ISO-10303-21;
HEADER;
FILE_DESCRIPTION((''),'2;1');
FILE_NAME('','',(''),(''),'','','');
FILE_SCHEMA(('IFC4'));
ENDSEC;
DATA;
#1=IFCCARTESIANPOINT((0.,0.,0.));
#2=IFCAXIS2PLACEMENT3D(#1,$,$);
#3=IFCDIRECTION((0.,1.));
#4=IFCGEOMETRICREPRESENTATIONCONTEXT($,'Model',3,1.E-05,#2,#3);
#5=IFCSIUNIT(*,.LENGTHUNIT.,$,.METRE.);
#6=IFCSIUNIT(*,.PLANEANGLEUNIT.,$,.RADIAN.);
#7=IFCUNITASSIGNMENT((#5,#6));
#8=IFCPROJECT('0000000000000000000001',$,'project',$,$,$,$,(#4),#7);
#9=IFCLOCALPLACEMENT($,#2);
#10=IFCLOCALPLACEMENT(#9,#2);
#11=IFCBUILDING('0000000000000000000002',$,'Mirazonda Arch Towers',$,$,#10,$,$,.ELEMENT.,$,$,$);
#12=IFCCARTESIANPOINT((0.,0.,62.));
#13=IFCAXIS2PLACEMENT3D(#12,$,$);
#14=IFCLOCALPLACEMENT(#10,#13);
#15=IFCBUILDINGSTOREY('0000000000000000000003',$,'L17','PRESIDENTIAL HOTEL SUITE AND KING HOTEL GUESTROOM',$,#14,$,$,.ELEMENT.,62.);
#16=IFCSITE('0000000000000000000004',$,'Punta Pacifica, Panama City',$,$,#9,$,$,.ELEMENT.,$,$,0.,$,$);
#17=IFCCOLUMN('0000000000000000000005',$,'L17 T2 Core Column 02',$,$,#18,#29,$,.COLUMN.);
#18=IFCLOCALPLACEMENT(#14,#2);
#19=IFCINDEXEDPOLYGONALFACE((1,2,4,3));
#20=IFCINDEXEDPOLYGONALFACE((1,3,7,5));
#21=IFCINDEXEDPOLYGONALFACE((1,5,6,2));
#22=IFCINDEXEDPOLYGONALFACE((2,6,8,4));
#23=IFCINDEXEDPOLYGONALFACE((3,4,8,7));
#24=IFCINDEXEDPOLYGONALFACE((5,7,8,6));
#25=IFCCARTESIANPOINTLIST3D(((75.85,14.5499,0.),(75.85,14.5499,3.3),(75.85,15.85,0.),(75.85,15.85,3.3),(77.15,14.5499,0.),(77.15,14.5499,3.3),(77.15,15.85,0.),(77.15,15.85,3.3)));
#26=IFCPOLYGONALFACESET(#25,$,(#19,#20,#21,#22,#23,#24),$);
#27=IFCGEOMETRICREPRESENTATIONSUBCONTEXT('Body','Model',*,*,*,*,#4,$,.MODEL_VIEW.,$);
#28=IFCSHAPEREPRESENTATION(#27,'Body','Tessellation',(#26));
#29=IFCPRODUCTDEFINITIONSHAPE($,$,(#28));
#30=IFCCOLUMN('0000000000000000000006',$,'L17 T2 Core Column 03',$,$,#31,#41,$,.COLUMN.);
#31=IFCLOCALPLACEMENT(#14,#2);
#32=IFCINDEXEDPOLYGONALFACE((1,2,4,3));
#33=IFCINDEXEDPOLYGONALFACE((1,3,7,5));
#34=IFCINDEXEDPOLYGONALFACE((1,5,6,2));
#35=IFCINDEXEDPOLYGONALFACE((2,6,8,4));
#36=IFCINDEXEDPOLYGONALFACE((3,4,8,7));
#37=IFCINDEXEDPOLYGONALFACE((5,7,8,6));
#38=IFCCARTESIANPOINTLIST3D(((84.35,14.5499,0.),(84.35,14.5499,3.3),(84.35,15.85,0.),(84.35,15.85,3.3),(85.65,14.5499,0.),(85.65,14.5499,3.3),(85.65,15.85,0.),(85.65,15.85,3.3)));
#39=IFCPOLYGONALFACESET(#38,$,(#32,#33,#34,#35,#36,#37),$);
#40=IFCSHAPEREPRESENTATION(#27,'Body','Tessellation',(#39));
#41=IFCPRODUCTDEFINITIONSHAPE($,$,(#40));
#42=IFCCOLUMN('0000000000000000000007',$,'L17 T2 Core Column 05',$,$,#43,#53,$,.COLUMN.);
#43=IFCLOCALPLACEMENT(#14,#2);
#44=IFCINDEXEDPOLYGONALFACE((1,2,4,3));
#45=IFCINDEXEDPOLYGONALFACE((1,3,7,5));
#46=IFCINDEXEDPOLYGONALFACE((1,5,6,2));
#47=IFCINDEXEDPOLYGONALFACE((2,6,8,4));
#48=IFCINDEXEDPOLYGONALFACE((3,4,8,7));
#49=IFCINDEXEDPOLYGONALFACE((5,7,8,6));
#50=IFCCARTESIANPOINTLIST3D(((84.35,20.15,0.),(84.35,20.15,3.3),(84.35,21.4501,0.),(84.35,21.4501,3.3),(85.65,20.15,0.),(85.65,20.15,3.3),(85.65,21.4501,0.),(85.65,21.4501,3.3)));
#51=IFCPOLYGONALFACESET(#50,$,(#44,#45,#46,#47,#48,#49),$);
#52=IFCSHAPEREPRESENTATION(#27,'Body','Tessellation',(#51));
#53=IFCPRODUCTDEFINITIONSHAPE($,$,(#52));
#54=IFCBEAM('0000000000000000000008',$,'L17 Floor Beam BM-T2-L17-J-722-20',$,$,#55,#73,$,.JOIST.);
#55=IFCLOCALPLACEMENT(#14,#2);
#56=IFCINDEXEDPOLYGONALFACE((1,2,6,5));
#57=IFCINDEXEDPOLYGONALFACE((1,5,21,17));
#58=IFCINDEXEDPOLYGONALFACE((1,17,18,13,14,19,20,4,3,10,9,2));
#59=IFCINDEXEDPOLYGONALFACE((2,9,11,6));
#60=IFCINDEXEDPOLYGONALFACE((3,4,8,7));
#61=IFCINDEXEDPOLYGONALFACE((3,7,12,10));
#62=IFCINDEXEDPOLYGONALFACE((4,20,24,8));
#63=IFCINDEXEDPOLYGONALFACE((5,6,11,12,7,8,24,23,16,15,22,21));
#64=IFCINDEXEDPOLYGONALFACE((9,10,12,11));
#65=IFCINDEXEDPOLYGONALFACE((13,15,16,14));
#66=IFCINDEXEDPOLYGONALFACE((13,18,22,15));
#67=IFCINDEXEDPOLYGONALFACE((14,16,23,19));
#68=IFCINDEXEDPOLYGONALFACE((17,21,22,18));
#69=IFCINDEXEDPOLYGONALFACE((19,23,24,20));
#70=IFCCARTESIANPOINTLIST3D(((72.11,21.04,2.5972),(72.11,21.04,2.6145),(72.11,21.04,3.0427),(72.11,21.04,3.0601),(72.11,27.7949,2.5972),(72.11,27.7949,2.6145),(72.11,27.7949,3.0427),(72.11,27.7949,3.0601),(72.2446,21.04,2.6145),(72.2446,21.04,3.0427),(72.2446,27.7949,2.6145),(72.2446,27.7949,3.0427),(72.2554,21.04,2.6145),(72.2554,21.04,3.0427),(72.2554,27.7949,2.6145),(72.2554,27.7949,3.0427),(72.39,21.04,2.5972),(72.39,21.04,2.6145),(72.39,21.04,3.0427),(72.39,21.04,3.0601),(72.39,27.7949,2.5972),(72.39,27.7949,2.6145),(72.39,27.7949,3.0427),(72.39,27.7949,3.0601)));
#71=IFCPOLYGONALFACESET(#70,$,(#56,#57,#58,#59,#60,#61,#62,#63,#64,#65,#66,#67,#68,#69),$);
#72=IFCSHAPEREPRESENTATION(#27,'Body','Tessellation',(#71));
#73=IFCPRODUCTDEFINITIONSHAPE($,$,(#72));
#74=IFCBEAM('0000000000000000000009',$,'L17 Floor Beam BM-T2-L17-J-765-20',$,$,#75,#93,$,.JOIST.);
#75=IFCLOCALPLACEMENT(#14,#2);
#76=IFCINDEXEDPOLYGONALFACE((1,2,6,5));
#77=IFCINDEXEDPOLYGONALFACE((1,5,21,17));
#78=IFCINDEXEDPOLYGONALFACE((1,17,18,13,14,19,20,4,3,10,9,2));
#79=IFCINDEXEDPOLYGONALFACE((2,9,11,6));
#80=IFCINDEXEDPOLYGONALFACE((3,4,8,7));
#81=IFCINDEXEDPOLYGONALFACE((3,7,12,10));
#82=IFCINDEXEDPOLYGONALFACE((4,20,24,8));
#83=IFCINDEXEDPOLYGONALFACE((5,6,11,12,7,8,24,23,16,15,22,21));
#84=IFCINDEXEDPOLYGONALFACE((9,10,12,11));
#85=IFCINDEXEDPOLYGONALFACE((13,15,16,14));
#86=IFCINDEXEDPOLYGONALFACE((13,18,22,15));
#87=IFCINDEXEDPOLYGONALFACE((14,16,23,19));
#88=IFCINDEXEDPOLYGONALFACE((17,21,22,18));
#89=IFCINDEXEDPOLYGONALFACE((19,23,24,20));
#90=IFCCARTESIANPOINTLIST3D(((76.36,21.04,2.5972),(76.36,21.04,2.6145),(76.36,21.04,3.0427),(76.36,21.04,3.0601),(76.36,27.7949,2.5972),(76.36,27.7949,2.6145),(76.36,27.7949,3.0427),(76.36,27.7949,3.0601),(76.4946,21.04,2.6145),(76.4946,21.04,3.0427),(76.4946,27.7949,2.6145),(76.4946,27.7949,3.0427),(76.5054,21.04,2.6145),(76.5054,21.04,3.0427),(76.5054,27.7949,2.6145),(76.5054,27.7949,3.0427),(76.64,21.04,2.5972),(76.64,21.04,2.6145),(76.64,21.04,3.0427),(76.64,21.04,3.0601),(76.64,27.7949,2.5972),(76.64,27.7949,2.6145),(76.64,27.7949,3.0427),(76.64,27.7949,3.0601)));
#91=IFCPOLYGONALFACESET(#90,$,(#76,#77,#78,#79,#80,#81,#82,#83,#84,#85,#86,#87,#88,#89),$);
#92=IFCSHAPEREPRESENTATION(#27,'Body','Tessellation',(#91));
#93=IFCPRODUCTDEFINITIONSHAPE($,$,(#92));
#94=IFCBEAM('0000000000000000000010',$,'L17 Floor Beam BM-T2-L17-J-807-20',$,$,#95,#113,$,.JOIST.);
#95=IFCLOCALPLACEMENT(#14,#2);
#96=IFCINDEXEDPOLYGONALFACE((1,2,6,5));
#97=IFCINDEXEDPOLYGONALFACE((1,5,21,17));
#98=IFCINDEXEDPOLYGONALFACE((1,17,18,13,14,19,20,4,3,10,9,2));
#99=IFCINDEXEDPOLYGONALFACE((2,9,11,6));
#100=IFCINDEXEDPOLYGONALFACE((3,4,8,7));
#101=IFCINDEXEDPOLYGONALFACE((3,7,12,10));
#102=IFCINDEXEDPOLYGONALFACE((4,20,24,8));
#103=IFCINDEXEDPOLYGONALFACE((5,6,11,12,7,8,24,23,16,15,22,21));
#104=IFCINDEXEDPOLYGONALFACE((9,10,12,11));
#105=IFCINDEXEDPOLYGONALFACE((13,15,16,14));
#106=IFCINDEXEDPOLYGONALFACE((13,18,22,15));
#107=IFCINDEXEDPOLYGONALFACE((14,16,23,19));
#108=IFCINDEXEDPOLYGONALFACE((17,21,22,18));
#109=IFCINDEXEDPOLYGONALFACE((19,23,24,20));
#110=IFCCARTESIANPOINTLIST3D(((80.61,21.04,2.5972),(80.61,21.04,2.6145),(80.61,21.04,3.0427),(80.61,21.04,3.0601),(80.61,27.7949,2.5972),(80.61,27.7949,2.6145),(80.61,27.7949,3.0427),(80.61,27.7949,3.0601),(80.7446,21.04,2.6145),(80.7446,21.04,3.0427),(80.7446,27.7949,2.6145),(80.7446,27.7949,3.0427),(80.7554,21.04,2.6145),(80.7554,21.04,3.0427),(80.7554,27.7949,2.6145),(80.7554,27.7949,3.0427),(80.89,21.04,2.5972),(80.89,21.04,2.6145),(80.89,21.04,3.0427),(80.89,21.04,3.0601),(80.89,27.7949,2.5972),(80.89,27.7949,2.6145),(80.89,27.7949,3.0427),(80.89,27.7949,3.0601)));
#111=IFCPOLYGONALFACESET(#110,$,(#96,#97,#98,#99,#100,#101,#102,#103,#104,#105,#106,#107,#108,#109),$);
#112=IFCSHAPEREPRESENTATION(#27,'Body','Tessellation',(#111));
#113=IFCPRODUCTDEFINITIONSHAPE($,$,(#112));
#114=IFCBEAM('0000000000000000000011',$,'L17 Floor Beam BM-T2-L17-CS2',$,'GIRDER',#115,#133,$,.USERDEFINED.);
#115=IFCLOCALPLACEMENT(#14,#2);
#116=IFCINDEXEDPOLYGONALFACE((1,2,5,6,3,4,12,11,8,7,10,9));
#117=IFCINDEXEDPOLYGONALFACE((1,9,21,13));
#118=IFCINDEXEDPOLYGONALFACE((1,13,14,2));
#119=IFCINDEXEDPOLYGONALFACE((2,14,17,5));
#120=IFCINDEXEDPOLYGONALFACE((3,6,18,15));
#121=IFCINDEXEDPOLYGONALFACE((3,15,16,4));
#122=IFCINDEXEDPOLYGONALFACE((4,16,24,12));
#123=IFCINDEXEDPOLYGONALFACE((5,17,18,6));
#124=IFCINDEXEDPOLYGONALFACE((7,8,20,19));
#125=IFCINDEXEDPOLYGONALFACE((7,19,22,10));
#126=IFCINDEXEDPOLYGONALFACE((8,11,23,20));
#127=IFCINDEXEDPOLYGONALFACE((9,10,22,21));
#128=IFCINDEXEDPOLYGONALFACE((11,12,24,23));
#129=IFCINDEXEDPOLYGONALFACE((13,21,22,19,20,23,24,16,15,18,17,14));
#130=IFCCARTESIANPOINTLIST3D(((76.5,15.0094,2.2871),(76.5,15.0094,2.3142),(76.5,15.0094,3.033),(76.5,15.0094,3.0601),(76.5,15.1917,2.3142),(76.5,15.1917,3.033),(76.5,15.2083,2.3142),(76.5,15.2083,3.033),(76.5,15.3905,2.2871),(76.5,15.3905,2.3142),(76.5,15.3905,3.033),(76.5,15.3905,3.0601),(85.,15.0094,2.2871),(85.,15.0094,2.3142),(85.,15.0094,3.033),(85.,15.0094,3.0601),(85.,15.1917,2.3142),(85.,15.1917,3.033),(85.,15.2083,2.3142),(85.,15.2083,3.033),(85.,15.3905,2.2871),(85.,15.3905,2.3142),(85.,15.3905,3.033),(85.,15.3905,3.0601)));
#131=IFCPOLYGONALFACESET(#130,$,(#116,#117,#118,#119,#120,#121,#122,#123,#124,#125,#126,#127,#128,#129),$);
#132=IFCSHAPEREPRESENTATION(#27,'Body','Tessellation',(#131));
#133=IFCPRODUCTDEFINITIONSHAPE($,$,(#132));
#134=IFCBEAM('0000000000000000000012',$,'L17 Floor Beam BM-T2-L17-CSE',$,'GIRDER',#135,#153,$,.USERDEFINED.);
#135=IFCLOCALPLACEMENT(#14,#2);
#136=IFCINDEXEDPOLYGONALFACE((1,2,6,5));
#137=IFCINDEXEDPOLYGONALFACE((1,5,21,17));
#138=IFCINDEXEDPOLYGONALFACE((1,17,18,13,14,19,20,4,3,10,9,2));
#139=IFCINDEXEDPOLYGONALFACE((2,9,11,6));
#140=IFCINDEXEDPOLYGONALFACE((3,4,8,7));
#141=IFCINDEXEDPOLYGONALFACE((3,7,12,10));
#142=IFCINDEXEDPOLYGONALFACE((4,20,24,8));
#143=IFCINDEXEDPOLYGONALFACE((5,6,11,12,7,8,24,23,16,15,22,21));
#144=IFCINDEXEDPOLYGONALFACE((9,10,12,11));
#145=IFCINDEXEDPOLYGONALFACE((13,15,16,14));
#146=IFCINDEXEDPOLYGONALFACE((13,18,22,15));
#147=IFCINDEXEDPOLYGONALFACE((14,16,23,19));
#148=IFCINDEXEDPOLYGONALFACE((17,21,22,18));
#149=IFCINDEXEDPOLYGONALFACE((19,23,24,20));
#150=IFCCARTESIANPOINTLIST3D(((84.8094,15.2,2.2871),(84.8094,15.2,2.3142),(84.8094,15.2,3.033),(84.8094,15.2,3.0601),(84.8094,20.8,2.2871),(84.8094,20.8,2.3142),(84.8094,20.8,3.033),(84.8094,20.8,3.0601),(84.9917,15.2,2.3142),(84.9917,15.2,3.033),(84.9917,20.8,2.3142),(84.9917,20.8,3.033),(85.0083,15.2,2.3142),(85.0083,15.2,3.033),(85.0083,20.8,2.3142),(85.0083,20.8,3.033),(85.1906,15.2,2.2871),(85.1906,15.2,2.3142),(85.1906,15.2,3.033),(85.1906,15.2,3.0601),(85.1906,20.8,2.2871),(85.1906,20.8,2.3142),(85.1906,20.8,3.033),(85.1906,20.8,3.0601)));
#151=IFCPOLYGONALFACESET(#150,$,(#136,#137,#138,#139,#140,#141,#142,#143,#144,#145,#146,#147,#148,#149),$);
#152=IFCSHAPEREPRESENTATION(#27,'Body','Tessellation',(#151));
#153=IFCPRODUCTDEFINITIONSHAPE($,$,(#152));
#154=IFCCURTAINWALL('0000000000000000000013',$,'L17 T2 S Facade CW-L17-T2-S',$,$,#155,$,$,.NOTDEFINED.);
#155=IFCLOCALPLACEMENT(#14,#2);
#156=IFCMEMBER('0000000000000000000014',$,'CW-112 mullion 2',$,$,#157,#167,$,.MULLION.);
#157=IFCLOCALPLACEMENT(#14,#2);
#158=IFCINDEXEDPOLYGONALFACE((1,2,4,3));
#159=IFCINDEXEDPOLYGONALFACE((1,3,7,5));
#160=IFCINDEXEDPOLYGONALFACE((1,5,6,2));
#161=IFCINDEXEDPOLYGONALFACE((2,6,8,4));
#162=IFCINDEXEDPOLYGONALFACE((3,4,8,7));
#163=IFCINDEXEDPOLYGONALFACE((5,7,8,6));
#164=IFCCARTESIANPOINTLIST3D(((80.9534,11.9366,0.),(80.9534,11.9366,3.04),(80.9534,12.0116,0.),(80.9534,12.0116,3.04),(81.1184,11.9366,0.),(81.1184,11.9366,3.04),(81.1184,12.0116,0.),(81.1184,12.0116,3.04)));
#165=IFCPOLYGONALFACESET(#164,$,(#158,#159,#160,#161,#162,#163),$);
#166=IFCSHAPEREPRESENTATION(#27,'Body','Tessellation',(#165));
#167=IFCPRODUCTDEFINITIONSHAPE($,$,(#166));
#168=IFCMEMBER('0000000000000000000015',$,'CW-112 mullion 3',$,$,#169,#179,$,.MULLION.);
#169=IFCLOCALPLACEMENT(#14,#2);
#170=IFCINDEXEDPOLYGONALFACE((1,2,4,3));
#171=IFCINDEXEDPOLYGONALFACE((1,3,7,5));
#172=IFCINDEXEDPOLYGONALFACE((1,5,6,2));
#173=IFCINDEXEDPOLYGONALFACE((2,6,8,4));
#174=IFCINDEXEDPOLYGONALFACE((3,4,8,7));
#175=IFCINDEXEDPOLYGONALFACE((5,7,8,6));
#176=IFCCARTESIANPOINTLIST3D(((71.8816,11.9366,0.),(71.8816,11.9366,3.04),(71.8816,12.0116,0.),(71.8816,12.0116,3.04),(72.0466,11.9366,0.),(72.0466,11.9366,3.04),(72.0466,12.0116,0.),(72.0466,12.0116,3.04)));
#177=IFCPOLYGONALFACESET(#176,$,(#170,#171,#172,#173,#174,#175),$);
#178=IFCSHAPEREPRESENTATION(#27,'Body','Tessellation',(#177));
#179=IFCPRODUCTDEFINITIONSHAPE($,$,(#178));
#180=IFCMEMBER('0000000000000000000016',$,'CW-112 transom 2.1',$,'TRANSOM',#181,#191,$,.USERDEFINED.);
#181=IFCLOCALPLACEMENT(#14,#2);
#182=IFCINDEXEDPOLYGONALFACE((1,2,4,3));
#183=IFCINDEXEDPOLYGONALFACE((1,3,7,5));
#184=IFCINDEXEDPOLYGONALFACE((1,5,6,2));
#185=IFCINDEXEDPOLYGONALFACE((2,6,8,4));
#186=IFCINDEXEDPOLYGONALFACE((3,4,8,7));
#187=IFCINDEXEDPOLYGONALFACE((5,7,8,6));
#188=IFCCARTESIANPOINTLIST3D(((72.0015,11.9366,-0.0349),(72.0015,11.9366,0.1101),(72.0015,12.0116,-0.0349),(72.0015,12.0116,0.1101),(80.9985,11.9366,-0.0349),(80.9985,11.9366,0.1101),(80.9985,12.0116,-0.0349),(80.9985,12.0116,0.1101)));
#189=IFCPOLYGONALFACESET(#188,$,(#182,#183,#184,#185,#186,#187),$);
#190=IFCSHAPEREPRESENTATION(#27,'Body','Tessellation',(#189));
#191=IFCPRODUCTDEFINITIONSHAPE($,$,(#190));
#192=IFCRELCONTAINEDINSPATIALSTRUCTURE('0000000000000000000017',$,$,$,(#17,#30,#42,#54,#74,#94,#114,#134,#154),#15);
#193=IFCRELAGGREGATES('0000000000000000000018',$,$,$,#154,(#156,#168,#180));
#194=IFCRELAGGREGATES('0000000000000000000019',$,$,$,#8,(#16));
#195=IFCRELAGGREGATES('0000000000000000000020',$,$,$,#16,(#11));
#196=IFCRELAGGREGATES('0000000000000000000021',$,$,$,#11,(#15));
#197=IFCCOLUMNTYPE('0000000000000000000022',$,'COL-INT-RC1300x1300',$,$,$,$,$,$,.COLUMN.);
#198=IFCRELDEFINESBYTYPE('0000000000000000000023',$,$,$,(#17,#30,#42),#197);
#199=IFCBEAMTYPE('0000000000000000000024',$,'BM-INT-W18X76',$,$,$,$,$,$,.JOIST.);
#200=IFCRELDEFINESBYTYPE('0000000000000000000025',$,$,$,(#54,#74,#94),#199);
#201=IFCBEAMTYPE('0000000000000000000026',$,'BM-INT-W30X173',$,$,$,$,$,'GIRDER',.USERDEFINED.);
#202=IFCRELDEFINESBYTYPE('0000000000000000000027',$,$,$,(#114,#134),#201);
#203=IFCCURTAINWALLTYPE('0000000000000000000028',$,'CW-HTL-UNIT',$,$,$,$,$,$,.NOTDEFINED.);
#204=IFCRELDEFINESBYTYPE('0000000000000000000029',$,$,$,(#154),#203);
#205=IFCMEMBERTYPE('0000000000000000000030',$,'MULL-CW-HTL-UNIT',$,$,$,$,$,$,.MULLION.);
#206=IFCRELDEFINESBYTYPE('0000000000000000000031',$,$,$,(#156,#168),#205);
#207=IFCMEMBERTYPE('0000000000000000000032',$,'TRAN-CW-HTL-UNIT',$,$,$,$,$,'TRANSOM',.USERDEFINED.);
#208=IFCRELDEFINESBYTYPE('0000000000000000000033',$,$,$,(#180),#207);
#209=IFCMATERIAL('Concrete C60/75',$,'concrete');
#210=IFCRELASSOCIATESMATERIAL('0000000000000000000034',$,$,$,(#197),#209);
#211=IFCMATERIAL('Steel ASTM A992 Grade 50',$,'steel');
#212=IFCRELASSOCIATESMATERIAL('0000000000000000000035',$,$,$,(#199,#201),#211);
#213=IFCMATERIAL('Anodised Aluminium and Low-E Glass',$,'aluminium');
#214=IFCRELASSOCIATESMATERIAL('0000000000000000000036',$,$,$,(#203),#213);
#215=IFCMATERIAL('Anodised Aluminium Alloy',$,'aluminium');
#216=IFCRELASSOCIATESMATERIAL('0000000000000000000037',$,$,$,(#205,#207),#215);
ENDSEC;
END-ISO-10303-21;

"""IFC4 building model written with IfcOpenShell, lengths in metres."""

from ifc_helpers import new_model, si_unit, direction, frame, origin, origin_2d, place, context, subcontext, project, spatial, rectangle, i_section, extrude, material, material_profile, profile_set, type_object, element, aggregate, save


model = new_model("IFC4")

# Units and contexts
model_context = context("Model", 3, precision=1e-05, world=origin(), true_north=direction((0.0, 1.0)))
body_context = subcontext(model_context, "Body", "Model", "MODEL_VIEW")
ifc_project = project(units=[si_unit("LENGTHUNIT", "METRE"), si_unit("PLANEANGLEUNIT", "RADIAN")], contexts=[model_context])

# Site, building, storey
site_placement = place(None, origin())
site = spatial("IfcSite", under=ifc_project, at=site_placement, Name="Punta Pacifica, Panama City", CompositionType="ELEMENT", RefElevation=0.0)
building_placement = place(site_placement, origin())
building = spatial("IfcBuilding", under=site, at=building_placement, Name="Mirazonda Arch Towers", CompositionType="ELEMENT")
storey_placement = place(building_placement, frame((0.0, 0.0, 62.0)))
storey = spatial("IfcBuildingStorey", under=building, at=storey_placement, Name="L17", Description="PRESIDENTIAL HOTEL SUITE AND KING HOTEL GUESTROOM", CompositionType="ELEMENT", Elevation=62.0)

# Columns
ifc_material_1 = material(Name="Concrete C60/75", Category="concrete")
ifc_material_profile_1 = material_profile(ifc_material_1, rectangle(XDim=1.3, YDim=1.3, at=origin_2d()), Name="RC1300x1300")
ifc_profile_set_1 = profile_set([ifc_material_profile_1], Name="Concrete C60/75")
column_type = type_object("IfcColumnType", Name="COL-INT-RC1300x1300", PredefinedType="COLUMN", material=ifc_profile_set_1)
for number, where, z_axis, x_axis, name in (
    (1, (76.5, 15.2, 0.0), (0.0, 0.0, 1.0), (1.0, 0.0, 0.0), "L17 T2 Core Column 02"),
    (2, (85.0, 15.2, 0.0), (0.0, 0.0, 1.0), (1.0, 0.0, 0.0), "L17 T2 Core Column 03"),
    (3, (85.0, 20.8, 0.0), (0.0, 0.0, 1.0), (1.0, 0.0, 0.0), "L17 T2 Core Column 05"),
):
    element("IfcColumn", number, at=place(storey_placement, frame(where, z_axis=z_axis, x_axis=x_axis)), inside=storey, type_object=column_type, Name=name, PredefinedType="COLUMN", context=body_context, shape_type="SweptSolid", body=[
        extrude(rectangle(XDim=1.3, YDim=1.3, at=origin_2d()), origin(), (0.0, 0.0, 1.0), 3.3),
    ])

# Beams
ifc_material_2 = material(Name="Steel ASTM A992 Grade 50", Category="steel")
ifc_material_profile_2 = material_profile(ifc_material_2, i_section(OverallWidth=0.28, OverallDepth=0.4629, WebThickness=0.0107, FlangeThickness=0.0173, at=origin_2d()), Name="W18X76")
ifc_profile_set_2 = profile_set([ifc_material_profile_2], Name="Steel ASTM A992 Grade 50")
beam_type_1 = type_object("IfcBeamType", Name="BM-INT-W18X76", PredefinedType="JOIST", material=ifc_profile_set_2)
for number, where, z_axis, x_axis, name in (
    (4, (72.25, 21.04, 2.8286), (0.0, 1.0, 0.0), (-1.0, 0.0, 0.0), "L17 Floor Beam BM-T2-L17-J-722-20"),
    (5, (76.5, 21.04, 2.8286), (0.0, 1.0, 0.0), (-1.0, 0.0, 0.0), "L17 Floor Beam BM-T2-L17-J-765-20"),
    (6, (80.75, 21.04, 2.8286), (0.0, 1.0, 0.0), (-1.0, 0.0, 0.0), "L17 Floor Beam BM-T2-L17-J-807-20"),
):
    element("IfcBeam", number, at=place(storey_placement, frame(where, z_axis=z_axis, x_axis=x_axis)), inside=storey, type_object=beam_type_1, Name=name, PredefinedType="JOIST", context=body_context, shape_type="SweptSolid", body=[
        extrude(i_section(OverallWidth=0.28, OverallDepth=0.4629, WebThickness=0.0107, FlangeThickness=0.0173, at=origin_2d()), origin(), (0.0, 0.0, 1.0), 6.7549),
    ])
ifc_material_profile_3 = material_profile(ifc_material_2, i_section(OverallWidth=0.3811, OverallDepth=0.7729, WebThickness=0.0166, FlangeThickness=0.0271, at=origin_2d()), Name="W30X173")
ifc_profile_set_3 = profile_set([ifc_material_profile_3], Name="Steel ASTM A992 Grade 50")
beam_type_2 = type_object("IfcBeamType", Name="BM-INT-W30X173", ElementType="GIRDER", PredefinedType="USERDEFINED", material=ifc_profile_set_3)
beam_1_placement = place(storey_placement, frame((76.5, 15.2, 2.6736), z_axis=(1.0, 0.0, 0.0), x_axis=(0.0, 1.0, 0.0)))
element("IfcBeam", 7, at=beam_1_placement, inside=storey, type_object=beam_type_2, Name="L17 Floor Beam BM-T2-L17-CS2", ObjectType="GIRDER", PredefinedType="USERDEFINED", context=body_context, shape_type="SweptSolid", body=[
    extrude(i_section(OverallWidth=0.3811, OverallDepth=0.7729, WebThickness=0.0166, FlangeThickness=0.0271, at=origin_2d()), origin(), (0.0, 0.0, 1.0), 8.5),
])
beam_2_placement = place(storey_placement, frame((85.0, 15.2, 2.6736), z_axis=(0.0, 1.0, 0.0), x_axis=(-1.0, 0.0, 0.0)))
element("IfcBeam", 8, at=beam_2_placement, inside=storey, type_object=beam_type_2, Name="L17 Floor Beam BM-T2-L17-CSE", ObjectType="GIRDER", PredefinedType="USERDEFINED", context=body_context, shape_type="SweptSolid", body=[
    extrude(i_section(OverallWidth=0.3811, OverallDepth=0.7729, WebThickness=0.0166, FlangeThickness=0.0271, at=origin_2d()), origin(), (0.0, 0.0, 1.0), 5.6001),
])

# Curtain wall, members
ifc_material_3 = material(Name="Anodised Aluminium and Low-E Glass", Category="aluminium")
curtain_wall_type = type_object("IfcCurtainWallType", Name="CW-HTL-UNIT", PredefinedType="NOTDEFINED", material=ifc_material_3)
curtain_wall_placement = place(storey_placement, origin())
curtain_wall = element("IfcCurtainWall", 9, at=curtain_wall_placement, inside=storey, type_object=curtain_wall_type, Name="L17 T2 S Facade CW-L17-T2-S", PredefinedType="NOTDEFINED")
ifc_material_4 = material(Name="Anodised Aluminium Alloy", Category="aluminium")
ifc_material_profile_4 = material_profile(ifc_material_4, rectangle(XDim=0.075, YDim=0.165, at=origin_2d()), Name="ALU-MULL-75x165")
ifc_profile_set_4 = profile_set([ifc_material_profile_4], Name="Anodised Aluminium Alloy")
member_type_1 = type_object("IfcMemberType", Name="MULL-CW-HTL-UNIT", PredefinedType="MULLION", material=ifc_profile_set_4)
member_1_placement = place(storey_placement, frame((81.0359, 11.9741, 0.0), z_axis=(0.0, 0.0, 1.0), x_axis=(0.0, -1.0, 0.0)))
member_1 = element("IfcMember", 10, at=member_1_placement, type_object=member_type_1, Name="CW-112 mullion 2", PredefinedType="MULLION", context=body_context, shape_type="SweptSolid", body=[
    extrude(rectangle(XDim=0.075, YDim=0.165, at=origin_2d()), origin(), (0.0, 0.0, 1.0), 3.04),
])
member_2_placement = place(storey_placement, frame((71.9641, 11.9741, 0.0), z_axis=(0.0, 0.0, 1.0), x_axis=(0.0, -1.0, 0.0)))
member_2 = element("IfcMember", 11, at=member_2_placement, type_object=member_type_1, Name="CW-112 mullion 3", PredefinedType="MULLION", context=body_context, shape_type="SweptSolid", body=[
    extrude(rectangle(XDim=0.075, YDim=0.165, at=origin_2d()), origin(), (0.0, 0.0, 1.0), 3.04),
])
ifc_material_profile_5 = material_profile(ifc_material_4, rectangle(XDim=0.075, YDim=0.145, at=origin_2d()), Name="ALU-TRAN-75x145")
ifc_profile_set_5 = profile_set([ifc_material_profile_5], Name="Anodised Aluminium Alloy")
member_type_2 = type_object("IfcMemberType", Name="TRAN-CW-HTL-UNIT", ElementType="TRANSOM", PredefinedType="USERDEFINED", material=ifc_profile_set_5)
member_3_placement = place(storey_placement, frame((80.9985, 11.9741, 0.0376), z_axis=(-1.0, 0.0, 0.0), x_axis=(0.0, -1.0, 0.0)))
member_3 = element("IfcMember", 12, at=member_3_placement, type_object=member_type_2, Name="CW-112 transom 2.1", ObjectType="TRANSOM", PredefinedType="USERDEFINED", context=body_context, shape_type="SweptSolid", body=[
    extrude(rectangle(XDim=0.075, YDim=0.145, at=origin_2d()), origin(), (0.0, 0.0, 1.0), 8.9971),
])
aggregate(curtain_wall, [member_1, member_2, member_3])

save(model, "model.ifc")
